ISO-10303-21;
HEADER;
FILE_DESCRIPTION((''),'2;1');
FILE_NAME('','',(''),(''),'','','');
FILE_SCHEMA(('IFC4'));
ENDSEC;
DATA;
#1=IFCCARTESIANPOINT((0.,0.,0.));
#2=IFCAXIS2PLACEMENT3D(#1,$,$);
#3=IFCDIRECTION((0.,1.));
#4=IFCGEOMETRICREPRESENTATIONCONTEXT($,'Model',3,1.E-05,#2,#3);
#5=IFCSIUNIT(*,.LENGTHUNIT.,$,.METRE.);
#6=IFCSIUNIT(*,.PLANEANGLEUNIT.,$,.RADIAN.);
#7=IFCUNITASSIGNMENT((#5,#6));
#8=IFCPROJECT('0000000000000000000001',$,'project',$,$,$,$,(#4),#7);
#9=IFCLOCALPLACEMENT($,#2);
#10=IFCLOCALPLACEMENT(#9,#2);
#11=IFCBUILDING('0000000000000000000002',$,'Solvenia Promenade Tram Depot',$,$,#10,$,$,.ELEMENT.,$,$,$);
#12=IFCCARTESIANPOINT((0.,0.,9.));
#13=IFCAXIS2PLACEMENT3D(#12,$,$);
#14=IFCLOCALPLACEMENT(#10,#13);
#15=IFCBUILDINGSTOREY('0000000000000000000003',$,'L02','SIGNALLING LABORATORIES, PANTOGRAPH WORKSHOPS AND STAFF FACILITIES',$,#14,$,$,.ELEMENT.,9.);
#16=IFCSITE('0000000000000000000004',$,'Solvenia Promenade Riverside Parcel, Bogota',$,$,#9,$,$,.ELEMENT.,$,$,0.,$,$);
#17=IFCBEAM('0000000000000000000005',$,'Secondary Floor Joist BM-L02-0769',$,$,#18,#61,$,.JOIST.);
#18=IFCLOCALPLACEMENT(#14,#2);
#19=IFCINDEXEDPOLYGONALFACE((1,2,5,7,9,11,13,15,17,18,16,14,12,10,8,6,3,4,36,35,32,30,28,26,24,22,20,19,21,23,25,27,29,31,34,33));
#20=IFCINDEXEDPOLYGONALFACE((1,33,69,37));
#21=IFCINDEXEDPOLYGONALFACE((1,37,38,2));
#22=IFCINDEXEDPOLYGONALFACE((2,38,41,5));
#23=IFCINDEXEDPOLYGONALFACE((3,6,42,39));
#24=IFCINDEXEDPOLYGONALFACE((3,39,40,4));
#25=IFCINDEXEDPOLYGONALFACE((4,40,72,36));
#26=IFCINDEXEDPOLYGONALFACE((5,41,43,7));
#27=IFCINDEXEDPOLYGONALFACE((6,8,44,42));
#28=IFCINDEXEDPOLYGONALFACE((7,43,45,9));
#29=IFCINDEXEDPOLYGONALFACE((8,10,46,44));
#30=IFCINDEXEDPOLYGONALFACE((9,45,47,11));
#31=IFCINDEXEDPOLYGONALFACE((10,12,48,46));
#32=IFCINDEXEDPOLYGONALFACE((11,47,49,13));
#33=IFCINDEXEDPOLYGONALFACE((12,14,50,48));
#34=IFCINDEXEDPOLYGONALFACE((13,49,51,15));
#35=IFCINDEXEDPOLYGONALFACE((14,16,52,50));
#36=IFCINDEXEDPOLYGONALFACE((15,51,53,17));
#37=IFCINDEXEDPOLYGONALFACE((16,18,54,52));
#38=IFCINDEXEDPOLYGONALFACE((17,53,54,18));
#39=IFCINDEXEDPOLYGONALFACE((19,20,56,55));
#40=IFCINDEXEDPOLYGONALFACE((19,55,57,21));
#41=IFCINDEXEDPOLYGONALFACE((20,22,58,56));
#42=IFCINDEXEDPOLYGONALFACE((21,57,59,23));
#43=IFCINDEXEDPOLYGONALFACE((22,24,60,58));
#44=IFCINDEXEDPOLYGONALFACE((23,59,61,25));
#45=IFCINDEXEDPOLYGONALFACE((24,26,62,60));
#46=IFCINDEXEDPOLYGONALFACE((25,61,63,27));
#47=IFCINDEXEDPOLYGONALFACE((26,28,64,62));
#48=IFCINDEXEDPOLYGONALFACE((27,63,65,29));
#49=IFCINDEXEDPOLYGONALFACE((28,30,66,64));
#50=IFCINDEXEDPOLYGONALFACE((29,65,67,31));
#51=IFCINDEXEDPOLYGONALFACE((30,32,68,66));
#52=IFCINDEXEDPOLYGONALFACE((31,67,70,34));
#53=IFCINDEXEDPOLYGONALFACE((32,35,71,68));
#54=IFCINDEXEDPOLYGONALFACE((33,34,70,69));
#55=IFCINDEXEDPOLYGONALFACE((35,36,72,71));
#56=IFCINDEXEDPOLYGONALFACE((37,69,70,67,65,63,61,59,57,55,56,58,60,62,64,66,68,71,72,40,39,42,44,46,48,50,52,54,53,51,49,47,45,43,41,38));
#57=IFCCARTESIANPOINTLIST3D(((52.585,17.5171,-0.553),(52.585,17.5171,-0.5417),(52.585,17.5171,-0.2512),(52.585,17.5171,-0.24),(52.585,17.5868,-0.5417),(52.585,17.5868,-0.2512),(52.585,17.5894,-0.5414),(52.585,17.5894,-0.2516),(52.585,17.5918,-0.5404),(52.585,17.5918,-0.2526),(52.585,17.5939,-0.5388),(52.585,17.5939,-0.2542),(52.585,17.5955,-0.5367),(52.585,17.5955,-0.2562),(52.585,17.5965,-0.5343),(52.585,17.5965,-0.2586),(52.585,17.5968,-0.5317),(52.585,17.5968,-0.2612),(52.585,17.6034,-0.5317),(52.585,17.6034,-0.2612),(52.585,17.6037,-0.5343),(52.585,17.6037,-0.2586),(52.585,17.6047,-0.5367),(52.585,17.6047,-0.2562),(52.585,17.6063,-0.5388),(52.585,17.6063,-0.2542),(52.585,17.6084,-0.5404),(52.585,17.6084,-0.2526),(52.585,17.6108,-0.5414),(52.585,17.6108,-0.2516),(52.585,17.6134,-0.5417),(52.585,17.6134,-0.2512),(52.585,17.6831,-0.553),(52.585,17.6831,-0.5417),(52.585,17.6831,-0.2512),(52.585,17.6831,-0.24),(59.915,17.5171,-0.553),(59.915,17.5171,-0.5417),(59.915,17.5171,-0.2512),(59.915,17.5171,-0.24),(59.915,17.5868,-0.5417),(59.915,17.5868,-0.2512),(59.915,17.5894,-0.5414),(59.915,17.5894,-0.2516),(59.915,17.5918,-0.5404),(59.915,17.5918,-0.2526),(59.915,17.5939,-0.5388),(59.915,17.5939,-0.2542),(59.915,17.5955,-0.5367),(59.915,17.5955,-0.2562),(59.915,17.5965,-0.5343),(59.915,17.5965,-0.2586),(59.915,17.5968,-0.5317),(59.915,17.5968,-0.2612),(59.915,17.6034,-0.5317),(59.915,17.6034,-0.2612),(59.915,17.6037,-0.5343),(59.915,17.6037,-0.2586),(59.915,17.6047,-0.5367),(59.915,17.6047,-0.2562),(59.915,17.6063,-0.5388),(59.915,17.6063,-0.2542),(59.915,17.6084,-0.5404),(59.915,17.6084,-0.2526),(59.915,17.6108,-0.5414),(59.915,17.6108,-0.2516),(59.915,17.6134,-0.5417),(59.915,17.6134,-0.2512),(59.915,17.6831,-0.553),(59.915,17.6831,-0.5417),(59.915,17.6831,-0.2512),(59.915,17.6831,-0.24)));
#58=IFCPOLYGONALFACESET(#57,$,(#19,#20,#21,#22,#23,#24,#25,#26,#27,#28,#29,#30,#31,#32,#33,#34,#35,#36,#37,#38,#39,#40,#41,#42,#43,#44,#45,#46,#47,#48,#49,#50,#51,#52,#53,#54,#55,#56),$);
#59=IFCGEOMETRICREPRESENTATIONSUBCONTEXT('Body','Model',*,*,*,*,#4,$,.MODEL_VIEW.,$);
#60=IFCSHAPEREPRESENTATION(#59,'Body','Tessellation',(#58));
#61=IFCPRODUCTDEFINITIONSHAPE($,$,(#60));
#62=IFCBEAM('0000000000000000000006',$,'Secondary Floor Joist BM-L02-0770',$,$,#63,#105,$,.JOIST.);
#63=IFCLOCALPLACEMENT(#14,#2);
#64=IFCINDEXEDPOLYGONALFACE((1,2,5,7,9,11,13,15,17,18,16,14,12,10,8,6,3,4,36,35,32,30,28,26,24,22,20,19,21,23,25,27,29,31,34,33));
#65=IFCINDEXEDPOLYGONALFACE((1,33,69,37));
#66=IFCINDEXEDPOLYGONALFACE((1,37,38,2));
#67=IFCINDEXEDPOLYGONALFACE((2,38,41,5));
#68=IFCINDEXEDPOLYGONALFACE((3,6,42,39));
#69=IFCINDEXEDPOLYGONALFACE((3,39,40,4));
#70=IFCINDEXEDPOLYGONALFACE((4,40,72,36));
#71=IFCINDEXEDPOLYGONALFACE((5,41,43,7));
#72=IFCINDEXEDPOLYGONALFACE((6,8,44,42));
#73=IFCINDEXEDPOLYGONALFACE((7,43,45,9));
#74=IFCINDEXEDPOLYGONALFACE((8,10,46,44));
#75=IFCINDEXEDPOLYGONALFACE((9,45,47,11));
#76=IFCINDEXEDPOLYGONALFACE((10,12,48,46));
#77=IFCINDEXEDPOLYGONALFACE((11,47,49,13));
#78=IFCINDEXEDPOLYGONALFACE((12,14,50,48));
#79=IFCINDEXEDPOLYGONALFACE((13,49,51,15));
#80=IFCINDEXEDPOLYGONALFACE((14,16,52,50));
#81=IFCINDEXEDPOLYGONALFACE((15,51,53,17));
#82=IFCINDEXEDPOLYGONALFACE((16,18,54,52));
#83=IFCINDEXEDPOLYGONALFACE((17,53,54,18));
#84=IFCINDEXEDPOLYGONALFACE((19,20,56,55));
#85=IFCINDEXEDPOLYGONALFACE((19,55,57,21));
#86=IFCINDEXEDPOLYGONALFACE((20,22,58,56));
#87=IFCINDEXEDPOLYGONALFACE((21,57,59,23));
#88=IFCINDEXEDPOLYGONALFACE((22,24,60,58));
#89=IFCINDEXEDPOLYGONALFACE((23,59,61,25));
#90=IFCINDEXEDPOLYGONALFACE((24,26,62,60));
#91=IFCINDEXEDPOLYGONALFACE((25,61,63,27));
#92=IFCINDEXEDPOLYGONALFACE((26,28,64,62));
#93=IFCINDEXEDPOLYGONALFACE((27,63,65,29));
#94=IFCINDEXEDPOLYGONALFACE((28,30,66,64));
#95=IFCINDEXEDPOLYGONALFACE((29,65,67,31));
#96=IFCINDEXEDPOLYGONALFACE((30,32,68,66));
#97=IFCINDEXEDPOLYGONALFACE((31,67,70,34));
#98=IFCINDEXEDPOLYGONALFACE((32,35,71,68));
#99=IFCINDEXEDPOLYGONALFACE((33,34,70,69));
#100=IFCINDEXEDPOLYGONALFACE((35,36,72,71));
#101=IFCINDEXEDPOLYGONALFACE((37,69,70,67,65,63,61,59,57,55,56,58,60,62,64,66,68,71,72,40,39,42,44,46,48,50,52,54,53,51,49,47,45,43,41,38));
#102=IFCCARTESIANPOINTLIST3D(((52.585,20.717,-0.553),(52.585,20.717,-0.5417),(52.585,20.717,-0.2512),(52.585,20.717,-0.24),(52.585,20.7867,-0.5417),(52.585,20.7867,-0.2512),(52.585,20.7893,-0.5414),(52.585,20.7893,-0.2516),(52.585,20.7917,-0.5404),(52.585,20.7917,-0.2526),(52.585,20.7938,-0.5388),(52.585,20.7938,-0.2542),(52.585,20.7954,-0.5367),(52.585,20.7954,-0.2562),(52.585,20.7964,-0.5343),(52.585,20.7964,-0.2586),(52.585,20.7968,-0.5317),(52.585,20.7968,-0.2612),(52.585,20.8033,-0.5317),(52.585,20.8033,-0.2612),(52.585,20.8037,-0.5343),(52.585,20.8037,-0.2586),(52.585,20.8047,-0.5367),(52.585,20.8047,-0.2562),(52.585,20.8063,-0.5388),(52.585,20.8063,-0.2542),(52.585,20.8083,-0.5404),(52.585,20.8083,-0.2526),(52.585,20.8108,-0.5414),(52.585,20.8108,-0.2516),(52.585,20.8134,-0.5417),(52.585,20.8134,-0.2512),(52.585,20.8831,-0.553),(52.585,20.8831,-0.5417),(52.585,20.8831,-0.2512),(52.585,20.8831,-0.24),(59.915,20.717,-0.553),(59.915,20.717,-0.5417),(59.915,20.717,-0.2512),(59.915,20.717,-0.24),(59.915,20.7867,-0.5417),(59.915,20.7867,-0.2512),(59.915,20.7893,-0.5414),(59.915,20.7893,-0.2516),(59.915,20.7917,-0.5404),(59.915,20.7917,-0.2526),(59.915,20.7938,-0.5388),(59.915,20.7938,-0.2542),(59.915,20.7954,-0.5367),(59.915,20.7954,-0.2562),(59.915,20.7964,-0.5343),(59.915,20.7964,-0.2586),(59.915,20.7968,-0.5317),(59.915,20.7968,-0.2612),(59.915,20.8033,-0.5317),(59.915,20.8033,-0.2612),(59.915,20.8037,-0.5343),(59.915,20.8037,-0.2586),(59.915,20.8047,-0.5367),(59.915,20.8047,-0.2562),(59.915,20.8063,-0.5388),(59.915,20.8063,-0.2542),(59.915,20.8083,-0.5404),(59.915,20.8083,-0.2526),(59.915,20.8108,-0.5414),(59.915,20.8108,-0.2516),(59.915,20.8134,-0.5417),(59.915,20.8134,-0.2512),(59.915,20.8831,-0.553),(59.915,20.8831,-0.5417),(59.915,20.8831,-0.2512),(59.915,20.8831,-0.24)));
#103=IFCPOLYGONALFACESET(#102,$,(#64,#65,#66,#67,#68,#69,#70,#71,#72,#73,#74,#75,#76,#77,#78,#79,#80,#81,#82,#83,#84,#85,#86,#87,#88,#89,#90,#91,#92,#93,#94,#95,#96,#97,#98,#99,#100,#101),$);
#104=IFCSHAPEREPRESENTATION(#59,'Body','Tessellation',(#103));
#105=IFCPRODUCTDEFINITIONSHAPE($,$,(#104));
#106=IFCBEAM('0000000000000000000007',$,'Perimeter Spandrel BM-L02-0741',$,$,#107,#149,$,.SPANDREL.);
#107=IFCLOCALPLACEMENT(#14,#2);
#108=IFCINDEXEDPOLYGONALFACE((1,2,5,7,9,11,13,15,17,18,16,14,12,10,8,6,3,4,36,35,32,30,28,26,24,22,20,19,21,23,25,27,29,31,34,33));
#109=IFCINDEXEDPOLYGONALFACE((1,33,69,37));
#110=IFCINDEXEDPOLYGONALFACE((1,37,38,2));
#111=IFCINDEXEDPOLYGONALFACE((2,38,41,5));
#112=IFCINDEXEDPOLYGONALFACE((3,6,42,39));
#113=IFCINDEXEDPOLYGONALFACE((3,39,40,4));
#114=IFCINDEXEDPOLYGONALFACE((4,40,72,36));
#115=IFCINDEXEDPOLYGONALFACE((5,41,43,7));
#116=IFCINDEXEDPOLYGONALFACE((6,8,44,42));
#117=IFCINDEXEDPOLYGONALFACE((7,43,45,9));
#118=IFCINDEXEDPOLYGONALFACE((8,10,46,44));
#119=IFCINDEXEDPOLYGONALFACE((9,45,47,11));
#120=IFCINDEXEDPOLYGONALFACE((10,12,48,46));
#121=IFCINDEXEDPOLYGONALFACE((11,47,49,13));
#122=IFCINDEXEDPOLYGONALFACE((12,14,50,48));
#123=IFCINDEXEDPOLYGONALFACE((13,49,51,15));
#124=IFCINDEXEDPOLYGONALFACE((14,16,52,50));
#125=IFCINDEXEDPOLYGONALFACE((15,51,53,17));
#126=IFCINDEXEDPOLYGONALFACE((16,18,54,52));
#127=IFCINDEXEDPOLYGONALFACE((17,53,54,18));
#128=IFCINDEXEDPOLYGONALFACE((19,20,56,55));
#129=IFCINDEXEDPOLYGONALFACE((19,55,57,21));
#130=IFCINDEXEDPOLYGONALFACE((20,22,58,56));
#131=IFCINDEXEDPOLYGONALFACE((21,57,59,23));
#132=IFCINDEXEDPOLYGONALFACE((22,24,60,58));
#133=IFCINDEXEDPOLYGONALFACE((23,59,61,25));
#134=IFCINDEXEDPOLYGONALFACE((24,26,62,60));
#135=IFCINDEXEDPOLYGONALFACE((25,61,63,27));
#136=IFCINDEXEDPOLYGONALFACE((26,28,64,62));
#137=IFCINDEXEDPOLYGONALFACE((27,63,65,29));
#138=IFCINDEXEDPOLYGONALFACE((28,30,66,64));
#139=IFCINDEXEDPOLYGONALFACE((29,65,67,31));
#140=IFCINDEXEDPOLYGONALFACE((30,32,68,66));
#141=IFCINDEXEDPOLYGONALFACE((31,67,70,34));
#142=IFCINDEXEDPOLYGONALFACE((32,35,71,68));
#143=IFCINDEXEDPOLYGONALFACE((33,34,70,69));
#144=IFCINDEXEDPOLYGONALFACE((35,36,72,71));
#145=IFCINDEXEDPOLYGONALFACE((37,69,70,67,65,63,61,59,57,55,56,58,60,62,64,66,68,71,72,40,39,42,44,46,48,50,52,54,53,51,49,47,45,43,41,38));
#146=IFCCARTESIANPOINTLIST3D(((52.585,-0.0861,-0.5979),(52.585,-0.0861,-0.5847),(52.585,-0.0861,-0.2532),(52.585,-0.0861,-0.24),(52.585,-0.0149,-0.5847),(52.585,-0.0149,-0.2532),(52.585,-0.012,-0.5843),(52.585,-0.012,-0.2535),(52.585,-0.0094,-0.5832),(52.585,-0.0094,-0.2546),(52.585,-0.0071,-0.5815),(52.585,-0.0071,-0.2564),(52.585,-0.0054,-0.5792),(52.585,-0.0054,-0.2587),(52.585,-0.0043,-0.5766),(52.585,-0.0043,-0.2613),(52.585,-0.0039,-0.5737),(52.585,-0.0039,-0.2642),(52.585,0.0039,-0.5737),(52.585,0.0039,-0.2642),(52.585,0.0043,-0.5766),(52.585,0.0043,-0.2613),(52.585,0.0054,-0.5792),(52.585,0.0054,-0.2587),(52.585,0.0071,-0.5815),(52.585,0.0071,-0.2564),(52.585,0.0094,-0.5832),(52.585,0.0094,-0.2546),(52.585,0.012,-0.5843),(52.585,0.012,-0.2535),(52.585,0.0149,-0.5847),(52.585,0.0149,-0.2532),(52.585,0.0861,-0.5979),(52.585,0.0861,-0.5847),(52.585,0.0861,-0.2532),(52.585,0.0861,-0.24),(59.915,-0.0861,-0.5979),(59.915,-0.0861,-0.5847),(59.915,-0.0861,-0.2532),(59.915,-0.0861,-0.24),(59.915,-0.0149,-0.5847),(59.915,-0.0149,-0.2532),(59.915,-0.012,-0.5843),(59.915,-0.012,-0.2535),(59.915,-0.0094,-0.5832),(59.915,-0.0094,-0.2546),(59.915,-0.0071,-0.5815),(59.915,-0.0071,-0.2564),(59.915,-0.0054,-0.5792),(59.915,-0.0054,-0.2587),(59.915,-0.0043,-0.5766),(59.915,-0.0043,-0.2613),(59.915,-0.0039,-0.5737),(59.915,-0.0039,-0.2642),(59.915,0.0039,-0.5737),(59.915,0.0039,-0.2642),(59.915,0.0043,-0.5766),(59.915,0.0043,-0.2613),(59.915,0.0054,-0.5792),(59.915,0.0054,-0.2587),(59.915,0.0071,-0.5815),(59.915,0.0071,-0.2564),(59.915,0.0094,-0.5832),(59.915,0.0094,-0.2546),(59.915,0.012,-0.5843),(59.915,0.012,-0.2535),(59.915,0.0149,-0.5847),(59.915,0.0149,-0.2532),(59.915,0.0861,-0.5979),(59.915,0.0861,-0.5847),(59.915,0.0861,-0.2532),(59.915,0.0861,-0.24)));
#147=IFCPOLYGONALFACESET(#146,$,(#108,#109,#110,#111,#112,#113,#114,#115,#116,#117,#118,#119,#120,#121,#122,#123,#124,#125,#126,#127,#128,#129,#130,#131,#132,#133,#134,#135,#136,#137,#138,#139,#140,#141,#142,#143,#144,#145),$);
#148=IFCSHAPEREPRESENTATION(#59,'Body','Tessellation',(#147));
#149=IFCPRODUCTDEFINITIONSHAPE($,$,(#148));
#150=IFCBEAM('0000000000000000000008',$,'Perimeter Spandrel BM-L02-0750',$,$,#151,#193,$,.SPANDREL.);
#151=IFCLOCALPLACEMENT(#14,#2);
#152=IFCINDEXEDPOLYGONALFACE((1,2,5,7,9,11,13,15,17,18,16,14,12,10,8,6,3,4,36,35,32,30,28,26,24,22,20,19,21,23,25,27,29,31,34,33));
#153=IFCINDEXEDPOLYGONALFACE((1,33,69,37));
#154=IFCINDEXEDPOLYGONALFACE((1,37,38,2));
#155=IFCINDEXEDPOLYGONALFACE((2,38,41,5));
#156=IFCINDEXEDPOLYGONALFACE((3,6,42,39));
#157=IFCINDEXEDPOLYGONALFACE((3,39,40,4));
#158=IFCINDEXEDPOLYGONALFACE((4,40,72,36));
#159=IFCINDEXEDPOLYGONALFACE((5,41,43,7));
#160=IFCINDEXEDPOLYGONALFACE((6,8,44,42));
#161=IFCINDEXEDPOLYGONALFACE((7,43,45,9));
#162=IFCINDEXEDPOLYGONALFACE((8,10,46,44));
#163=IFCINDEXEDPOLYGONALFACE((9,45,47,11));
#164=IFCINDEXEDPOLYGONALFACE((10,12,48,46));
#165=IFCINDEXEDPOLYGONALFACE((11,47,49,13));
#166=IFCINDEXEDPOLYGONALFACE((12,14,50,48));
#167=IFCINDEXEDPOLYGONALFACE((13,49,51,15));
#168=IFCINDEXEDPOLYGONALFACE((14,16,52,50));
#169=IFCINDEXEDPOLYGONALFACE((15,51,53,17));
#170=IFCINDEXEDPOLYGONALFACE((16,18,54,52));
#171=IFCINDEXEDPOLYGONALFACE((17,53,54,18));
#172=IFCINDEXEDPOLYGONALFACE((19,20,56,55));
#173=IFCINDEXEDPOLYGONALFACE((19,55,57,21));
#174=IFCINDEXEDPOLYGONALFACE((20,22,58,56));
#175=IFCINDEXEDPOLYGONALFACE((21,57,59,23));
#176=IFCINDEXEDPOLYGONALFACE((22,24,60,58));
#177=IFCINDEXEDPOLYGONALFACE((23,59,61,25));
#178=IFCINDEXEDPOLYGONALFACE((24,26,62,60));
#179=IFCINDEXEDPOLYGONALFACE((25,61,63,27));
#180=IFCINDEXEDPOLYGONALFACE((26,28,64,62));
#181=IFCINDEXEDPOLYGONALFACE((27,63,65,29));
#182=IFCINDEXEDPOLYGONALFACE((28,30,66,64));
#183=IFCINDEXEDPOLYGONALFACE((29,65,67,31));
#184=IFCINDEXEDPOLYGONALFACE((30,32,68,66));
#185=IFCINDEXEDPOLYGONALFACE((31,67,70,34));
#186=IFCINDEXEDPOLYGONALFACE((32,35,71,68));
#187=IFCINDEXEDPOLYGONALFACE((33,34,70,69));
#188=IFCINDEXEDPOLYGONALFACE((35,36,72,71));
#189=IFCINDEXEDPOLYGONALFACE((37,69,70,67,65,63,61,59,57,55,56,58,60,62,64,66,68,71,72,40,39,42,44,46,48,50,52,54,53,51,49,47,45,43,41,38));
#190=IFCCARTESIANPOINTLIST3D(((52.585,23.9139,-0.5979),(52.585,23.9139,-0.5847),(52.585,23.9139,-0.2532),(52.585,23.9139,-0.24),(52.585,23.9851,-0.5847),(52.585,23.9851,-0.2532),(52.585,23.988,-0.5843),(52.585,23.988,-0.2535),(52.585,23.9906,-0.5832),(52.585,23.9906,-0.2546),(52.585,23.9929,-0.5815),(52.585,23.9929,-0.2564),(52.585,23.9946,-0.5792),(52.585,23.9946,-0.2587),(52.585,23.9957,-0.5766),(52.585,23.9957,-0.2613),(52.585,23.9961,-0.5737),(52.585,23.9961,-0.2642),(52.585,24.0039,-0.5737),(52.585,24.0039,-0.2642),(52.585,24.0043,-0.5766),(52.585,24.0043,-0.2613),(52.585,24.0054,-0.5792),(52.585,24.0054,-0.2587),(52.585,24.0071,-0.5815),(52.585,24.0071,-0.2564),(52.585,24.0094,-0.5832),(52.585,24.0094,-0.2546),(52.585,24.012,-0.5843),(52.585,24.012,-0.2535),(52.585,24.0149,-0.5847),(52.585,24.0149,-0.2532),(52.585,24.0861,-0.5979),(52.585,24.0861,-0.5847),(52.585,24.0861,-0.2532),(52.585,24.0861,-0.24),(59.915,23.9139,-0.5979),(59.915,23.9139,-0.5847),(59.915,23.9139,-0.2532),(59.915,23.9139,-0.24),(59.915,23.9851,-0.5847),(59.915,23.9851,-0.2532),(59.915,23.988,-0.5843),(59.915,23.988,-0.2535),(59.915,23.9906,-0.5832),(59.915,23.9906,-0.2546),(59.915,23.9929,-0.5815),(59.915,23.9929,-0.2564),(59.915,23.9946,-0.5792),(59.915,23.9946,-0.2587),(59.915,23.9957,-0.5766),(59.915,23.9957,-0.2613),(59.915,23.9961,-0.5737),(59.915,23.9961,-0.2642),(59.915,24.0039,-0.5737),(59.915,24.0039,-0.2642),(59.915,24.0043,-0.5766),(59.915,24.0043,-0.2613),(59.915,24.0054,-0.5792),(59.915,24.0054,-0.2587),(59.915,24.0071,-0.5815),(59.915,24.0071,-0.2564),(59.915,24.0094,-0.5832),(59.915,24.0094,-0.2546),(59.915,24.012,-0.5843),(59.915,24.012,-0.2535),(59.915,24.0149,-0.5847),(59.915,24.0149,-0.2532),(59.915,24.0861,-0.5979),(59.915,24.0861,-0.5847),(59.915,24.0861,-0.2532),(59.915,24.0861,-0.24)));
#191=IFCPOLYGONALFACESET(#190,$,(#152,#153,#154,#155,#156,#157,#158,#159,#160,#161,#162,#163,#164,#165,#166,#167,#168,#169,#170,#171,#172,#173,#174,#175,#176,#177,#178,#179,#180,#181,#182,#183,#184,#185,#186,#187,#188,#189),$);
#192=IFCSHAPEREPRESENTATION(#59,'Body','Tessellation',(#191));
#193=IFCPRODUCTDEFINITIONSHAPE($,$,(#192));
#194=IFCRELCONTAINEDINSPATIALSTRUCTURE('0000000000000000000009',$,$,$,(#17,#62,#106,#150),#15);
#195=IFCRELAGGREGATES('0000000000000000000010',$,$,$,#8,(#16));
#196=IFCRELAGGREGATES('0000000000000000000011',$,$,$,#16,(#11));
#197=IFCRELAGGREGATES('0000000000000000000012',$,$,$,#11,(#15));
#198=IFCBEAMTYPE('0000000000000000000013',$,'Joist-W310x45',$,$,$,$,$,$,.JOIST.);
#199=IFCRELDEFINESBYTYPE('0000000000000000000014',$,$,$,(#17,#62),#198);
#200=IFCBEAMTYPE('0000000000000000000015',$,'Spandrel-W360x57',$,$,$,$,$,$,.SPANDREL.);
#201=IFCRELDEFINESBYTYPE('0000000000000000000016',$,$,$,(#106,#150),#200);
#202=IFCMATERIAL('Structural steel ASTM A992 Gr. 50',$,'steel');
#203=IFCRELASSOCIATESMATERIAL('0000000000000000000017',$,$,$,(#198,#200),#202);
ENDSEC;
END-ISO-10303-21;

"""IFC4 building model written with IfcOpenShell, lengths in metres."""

from ifc_helpers import new_model, si_unit, direction, frame, origin, origin_2d, place, context, subcontext, project, spatial, i_section, extrude, material, material_profile, profile_set, type_object, element, save


model = new_model("IFC4")

# Units and contexts
model_context = context("Model", 3, precision=1e-05, world=origin(), true_north=direction((0.0, 1.0)))
body_context = subcontext(model_context, "Body", "Model", "MODEL_VIEW")
ifc_project = project(units=[si_unit("LENGTHUNIT", "METRE"), si_unit("PLANEANGLEUNIT", "RADIAN")], contexts=[model_context])

# Site, building, storey
site_placement = place(None, origin())
site = spatial("IfcSite", under=ifc_project, at=site_placement, Name="Solvenia Promenade Riverside Parcel, Bogota", CompositionType="ELEMENT", RefElevation=0.0)
building_placement = place(site_placement, origin())
building = spatial("IfcBuilding", under=site, at=building_placement, Name="Solvenia Promenade Tram Depot", CompositionType="ELEMENT")
storey_placement = place(building_placement, frame((0.0, 0.0, 9.0)))
storey = spatial("IfcBuildingStorey", under=building, at=storey_placement, Name="L02", Description="SIGNALLING LABORATORIES, PANTOGRAPH WORKSHOPS AND STAFF FACILITIES", CompositionType="ELEMENT", Elevation=9.0)

# Shared definitions
ifc_material_1 = material(Name="Structural steel ASTM A992 Gr. 50", Category="steel")

# Beams
ifc_material_profile_1 = material_profile(ifc_material_1, i_section(OverallWidth=0.166, OverallDepth=0.313, WebThickness=0.0066, FlangeThickness=0.0112, FilletRadius=0.01, at=origin_2d()), Name="W310x45", Category="steel")
ifc_profile_set_1 = profile_set([ifc_material_profile_1], Name="Structural steel ASTM A992 Gr. 50")
beam_type_1 = type_object("IfcBeamType", Name="Joist-W310x45", PredefinedType="JOIST", material=ifc_profile_set_1)
for number, where, z_axis, x_axis, name in (
    (1, (52.585, 17.6001, -0.3965), (1.0, 0.0, 0.0), (0.0, 1.0, 0.0), "Secondary Floor Joist BM-L02-0769"),
    (2, (52.585, 20.8, -0.3965), (1.0, 0.0, 0.0), (0.0, 1.0, 0.0), "Secondary Floor Joist BM-L02-0770"),
):
    element("IfcBeam", number, at=place(storey_placement, frame(where, z_axis=z_axis, x_axis=x_axis)), inside=storey, type_object=beam_type_1, Name=name, PredefinedType="JOIST", context=body_context, shape_type="SweptSolid", body=[
        extrude(i_section(OverallWidth=0.166, OverallDepth=0.313, WebThickness=0.0066, FlangeThickness=0.0112, FilletRadius=0.01, at=origin_2d()), origin(), (0.0, 0.0, 1.0), 7.3301),
    ])
ifc_material_profile_2 = material_profile(ifc_material_1, i_section(OverallWidth=0.1721, OverallDepth=0.3579, WebThickness=0.0078, FlangeThickness=0.0132, FilletRadius=0.011, at=origin_2d()), Name="W360x57", Category="steel")
ifc_profile_set_2 = profile_set([ifc_material_profile_2], Name="Structural steel ASTM A992 Gr. 50")
beam_type_2 = type_object("IfcBeamType", Name="Spandrel-W360x57", PredefinedType="SPANDREL", material=ifc_profile_set_2)
for number, where, z_axis, x_axis, name in (
    (3, (52.585, 0.0, -0.4189), (1.0, 0.0, 0.0), (0.0, 1.0, 0.0), "Perimeter Spandrel BM-L02-0741"),
    (4, (52.585, 24.0, -0.4189), (1.0, 0.0, 0.0), (0.0, 1.0, 0.0), "Perimeter Spandrel BM-L02-0750"),
):
    element("IfcBeam", number, at=place(storey_placement, frame(where, z_axis=z_axis, x_axis=x_axis)), inside=storey, type_object=beam_type_2, Name=name, PredefinedType="SPANDREL", context=body_context, shape_type="SweptSolid", body=[
        extrude(i_section(OverallWidth=0.1721, OverallDepth=0.3579, WebThickness=0.0078, FlangeThickness=0.0132, FilletRadius=0.011, at=origin_2d()), origin(), (0.0, 0.0, 1.0), 7.3301),
    ])

save(model, "model.ifc")
